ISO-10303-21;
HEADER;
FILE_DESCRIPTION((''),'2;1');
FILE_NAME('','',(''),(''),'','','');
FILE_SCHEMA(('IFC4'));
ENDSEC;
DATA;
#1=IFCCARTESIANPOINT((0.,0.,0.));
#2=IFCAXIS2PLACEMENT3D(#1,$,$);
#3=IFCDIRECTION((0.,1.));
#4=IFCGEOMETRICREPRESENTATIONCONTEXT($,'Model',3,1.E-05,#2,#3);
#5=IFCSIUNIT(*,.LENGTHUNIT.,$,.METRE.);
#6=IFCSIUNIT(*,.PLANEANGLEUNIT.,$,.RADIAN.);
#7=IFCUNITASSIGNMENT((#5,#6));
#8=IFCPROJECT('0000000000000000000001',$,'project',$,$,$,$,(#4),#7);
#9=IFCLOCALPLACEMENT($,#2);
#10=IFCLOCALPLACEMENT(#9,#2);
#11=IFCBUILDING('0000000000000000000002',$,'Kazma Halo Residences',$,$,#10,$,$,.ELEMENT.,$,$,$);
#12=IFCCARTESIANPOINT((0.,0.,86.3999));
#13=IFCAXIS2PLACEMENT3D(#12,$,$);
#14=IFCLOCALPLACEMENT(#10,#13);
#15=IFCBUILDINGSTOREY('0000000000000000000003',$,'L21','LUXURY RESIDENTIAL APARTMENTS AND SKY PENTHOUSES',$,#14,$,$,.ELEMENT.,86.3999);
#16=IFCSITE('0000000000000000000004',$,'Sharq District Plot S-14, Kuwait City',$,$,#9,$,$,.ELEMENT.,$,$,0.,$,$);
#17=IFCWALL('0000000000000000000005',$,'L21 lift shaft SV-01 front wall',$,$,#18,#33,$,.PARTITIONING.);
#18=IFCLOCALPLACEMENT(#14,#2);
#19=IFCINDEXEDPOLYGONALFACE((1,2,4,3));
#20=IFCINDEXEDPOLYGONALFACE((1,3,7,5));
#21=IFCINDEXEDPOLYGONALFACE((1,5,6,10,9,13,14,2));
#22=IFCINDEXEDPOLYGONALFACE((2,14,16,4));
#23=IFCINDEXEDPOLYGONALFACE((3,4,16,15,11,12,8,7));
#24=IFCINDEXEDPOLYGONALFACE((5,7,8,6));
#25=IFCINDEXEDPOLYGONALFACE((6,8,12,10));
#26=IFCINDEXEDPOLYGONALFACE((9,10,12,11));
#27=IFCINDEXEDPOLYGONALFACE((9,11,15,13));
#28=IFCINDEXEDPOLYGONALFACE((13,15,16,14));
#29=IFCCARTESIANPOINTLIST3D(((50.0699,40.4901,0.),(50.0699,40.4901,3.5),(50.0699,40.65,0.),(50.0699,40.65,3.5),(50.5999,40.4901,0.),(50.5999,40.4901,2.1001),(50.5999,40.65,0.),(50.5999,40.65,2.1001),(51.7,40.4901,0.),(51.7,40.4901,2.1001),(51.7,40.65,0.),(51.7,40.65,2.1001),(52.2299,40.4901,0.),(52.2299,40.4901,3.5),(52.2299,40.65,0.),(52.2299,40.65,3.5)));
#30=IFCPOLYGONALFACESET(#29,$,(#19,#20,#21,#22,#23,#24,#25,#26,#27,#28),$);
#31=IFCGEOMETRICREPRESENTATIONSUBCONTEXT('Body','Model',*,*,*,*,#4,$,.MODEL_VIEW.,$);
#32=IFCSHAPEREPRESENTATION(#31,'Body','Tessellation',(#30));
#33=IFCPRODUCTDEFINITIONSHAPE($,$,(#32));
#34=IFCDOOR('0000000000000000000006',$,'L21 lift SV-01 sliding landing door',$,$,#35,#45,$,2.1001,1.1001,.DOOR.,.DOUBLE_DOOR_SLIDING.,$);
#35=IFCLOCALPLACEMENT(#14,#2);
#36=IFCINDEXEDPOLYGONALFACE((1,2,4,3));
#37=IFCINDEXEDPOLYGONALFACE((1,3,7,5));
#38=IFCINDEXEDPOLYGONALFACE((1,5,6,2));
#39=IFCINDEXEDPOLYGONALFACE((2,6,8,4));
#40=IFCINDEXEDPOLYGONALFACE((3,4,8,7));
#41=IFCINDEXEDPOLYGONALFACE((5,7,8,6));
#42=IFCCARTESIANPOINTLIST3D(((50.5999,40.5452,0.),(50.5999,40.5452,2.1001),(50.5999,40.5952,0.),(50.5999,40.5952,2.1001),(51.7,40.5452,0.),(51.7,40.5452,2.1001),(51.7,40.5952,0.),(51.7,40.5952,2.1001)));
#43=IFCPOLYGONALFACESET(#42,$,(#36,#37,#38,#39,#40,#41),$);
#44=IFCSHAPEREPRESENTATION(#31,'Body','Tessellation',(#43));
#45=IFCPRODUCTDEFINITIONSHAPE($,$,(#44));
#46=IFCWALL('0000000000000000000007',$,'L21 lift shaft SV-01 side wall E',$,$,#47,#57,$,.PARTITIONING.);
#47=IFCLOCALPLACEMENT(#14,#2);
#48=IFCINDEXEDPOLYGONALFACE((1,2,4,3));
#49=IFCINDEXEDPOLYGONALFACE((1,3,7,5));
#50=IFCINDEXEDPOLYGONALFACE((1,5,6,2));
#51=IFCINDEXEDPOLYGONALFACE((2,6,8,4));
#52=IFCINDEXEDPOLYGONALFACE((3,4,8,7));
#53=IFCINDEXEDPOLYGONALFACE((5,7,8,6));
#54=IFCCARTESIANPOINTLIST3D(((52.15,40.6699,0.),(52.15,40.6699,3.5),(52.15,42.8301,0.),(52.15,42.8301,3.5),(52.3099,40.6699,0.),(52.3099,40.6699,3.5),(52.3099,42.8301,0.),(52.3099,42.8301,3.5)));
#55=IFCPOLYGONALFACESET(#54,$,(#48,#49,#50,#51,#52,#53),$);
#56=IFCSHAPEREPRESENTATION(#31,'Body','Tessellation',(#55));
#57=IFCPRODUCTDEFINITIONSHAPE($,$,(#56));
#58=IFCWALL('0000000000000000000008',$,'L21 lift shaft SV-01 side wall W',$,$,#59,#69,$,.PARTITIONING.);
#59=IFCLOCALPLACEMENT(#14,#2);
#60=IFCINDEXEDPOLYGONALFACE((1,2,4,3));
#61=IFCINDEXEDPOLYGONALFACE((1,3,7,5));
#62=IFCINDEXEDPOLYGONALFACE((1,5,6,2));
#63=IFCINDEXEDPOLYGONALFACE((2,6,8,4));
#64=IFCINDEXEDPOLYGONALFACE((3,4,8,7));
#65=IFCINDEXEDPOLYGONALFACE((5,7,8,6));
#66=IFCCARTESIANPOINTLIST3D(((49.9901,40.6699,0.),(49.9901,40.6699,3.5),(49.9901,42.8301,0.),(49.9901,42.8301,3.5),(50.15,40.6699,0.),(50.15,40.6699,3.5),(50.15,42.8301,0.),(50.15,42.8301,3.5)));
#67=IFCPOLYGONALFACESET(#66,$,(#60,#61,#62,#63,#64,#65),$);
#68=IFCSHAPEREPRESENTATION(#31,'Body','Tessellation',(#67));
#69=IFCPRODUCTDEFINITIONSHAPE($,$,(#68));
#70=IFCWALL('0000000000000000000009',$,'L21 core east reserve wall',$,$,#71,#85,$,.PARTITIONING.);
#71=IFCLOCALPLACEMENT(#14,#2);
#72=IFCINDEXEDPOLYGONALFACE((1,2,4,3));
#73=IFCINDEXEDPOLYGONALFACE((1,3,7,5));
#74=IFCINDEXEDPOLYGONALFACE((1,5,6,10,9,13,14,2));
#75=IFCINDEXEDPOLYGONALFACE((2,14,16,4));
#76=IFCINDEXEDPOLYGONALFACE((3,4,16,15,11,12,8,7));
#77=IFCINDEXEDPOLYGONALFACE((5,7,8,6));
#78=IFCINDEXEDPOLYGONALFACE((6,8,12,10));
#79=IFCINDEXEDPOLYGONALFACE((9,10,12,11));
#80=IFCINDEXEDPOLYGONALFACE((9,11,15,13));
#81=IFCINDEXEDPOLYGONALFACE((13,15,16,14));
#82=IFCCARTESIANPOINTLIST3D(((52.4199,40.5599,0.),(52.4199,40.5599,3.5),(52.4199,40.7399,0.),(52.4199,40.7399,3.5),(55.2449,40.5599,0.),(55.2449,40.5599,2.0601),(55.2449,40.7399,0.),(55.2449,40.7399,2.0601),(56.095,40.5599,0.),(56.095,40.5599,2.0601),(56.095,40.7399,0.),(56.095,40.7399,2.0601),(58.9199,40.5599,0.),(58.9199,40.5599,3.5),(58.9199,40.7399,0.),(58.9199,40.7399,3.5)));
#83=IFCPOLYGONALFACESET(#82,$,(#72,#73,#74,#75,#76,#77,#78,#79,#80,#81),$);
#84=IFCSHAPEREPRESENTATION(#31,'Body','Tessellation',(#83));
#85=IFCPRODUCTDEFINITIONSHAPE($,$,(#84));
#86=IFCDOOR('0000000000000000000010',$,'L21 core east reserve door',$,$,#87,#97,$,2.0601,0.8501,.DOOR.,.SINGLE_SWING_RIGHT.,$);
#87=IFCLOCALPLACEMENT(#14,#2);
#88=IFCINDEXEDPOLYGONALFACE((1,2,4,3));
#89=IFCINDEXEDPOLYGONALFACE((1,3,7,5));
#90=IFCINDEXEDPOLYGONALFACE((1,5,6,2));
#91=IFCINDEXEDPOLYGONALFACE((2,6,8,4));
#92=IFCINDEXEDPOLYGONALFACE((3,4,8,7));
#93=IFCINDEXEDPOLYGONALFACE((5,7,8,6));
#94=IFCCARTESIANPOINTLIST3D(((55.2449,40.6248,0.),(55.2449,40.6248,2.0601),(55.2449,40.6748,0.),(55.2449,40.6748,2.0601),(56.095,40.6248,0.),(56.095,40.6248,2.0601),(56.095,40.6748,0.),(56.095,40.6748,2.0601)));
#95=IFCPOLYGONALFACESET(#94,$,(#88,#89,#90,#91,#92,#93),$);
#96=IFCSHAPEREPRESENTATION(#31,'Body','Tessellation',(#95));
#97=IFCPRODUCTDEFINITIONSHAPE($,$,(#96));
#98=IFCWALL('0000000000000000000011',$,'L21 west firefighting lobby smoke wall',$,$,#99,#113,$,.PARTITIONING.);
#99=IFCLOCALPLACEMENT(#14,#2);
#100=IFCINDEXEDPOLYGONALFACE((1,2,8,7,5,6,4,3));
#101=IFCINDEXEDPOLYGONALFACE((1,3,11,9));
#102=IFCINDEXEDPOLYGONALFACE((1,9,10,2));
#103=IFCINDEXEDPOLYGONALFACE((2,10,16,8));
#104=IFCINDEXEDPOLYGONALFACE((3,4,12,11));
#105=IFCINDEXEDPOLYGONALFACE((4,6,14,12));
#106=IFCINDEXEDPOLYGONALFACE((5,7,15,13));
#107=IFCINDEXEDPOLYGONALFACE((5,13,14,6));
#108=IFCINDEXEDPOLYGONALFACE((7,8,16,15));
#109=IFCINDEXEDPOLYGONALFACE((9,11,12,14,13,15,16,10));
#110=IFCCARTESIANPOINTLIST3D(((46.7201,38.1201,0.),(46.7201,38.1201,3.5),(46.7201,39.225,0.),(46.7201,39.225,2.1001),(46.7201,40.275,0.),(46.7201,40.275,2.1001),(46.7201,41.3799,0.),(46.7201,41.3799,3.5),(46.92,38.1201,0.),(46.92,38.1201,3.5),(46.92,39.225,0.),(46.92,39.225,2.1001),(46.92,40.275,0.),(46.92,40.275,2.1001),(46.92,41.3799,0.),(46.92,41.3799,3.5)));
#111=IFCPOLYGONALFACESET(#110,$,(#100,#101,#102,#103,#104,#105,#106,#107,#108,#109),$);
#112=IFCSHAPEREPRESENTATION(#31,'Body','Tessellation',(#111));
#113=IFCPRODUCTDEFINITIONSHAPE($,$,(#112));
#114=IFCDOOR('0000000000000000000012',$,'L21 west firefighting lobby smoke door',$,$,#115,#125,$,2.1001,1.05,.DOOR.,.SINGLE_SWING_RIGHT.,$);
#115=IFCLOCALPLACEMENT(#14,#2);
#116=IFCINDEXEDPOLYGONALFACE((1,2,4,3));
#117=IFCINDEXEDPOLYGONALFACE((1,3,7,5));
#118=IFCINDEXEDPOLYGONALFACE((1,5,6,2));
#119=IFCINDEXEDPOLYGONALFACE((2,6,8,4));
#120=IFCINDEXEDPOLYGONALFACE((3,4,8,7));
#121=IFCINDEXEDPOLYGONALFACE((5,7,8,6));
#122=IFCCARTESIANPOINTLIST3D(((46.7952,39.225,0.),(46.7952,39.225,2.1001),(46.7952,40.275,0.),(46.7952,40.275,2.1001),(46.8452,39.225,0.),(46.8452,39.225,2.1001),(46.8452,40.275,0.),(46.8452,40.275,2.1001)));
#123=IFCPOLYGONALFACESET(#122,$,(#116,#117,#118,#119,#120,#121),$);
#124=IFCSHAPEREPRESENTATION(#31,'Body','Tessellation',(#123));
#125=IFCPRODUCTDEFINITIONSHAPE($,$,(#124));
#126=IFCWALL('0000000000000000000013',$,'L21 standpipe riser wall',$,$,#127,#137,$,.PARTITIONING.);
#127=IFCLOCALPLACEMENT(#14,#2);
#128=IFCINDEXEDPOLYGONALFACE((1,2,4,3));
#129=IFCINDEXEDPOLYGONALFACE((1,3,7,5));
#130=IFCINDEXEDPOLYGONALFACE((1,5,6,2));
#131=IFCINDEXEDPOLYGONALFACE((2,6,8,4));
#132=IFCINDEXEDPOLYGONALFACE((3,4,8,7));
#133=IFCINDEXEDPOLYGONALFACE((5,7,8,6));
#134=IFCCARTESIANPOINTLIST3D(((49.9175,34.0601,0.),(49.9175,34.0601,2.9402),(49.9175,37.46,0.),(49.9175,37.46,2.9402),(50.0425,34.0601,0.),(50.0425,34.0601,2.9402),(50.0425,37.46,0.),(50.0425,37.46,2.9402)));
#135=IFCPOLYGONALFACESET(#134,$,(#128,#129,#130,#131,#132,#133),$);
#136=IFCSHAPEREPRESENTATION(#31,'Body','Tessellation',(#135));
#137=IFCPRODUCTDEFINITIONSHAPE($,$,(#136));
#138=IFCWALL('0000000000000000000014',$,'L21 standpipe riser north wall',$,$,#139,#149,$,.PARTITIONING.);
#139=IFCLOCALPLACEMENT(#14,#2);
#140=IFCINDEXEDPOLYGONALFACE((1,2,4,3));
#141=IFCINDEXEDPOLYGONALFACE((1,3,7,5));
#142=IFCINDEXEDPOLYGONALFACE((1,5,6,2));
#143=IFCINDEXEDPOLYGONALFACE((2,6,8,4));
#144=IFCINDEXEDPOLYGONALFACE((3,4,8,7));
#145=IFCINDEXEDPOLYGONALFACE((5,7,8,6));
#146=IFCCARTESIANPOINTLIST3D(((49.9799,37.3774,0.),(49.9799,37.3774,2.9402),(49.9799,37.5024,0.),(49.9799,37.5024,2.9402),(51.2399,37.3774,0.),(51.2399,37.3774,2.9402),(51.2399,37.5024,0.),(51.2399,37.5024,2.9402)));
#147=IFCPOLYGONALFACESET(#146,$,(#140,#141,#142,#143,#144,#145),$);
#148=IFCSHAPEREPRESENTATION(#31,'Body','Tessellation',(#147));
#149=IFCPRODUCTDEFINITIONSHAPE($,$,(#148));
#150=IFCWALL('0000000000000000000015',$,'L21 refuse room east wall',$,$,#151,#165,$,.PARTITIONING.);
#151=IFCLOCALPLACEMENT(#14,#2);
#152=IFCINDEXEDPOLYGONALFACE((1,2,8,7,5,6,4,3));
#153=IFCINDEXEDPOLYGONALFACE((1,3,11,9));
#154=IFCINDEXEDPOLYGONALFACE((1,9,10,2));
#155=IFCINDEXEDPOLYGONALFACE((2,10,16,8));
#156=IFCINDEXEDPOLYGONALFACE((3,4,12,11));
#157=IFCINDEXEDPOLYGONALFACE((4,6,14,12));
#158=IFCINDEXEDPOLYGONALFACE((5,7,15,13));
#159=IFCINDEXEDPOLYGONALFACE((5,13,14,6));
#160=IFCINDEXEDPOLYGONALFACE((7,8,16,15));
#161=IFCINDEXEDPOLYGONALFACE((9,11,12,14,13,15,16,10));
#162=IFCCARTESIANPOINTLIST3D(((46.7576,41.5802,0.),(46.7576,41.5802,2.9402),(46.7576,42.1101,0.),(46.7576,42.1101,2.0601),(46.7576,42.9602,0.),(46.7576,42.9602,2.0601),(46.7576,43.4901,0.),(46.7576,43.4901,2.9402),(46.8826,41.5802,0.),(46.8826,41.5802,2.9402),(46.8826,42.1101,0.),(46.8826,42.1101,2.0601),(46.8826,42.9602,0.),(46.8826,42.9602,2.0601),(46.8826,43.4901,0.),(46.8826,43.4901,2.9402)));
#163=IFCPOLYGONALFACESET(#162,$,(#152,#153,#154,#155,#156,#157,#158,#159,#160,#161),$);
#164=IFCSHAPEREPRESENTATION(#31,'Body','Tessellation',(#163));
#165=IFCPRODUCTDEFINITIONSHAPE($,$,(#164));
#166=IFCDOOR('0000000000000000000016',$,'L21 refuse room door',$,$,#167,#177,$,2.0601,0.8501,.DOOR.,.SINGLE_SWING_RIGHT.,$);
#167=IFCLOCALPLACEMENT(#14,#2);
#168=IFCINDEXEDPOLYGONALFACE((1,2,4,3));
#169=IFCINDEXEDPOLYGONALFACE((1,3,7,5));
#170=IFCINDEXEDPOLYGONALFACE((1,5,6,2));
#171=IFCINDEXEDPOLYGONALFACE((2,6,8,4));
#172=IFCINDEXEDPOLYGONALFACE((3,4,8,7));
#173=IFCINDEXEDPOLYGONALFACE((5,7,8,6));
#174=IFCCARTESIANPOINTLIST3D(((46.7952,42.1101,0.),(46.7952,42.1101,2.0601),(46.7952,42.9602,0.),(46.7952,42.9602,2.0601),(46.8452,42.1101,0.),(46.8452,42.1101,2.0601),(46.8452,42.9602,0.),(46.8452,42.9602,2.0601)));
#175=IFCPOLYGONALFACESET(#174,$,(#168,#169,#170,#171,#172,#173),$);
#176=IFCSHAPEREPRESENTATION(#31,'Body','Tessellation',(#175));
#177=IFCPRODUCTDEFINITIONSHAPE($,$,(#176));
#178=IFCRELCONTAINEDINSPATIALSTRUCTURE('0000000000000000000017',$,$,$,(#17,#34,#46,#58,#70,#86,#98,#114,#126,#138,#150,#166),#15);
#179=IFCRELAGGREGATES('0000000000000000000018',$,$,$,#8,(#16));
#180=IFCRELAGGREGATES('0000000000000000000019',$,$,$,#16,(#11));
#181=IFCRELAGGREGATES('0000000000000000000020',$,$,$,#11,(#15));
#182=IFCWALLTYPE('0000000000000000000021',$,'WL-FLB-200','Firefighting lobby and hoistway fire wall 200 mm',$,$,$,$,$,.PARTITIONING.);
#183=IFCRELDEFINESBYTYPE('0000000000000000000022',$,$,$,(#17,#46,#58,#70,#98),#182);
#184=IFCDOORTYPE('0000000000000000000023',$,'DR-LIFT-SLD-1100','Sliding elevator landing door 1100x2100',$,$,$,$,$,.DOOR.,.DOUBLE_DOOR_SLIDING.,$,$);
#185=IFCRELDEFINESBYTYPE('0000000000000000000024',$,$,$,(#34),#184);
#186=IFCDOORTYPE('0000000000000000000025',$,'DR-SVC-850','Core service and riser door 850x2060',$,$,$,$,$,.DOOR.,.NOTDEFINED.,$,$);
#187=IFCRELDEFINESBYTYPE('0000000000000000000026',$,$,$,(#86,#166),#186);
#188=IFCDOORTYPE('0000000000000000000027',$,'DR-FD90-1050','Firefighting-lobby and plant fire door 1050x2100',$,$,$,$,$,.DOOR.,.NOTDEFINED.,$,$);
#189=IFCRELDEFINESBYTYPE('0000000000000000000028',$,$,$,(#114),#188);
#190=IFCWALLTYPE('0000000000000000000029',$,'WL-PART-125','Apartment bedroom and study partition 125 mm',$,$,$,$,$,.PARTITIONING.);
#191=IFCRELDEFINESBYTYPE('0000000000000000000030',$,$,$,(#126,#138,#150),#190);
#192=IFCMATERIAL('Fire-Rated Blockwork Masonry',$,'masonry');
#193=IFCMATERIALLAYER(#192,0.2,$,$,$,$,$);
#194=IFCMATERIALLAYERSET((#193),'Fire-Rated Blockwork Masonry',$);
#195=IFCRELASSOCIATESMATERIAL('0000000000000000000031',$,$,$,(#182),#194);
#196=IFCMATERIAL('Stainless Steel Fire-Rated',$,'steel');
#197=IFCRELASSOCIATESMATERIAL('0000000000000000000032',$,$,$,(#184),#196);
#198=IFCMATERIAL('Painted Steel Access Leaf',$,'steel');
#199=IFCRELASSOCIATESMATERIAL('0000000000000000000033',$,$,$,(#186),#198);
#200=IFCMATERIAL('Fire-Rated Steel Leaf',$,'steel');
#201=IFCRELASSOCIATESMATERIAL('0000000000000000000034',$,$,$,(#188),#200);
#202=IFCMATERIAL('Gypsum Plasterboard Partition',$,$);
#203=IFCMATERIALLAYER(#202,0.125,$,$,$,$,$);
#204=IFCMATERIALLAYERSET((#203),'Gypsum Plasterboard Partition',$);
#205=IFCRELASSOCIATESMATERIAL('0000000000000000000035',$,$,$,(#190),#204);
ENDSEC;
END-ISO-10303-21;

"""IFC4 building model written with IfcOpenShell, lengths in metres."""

from ifc_helpers import new_model, si_unit, direction, frame, frame_2d, origin, place, context, subcontext, project, spatial, rectangle, extrude, material, layer, layer_set, type_object, element, fill, save


model = new_model("IFC4")

# Units and contexts
model_context = context("Model", 3, precision=1e-05, world=origin(), true_north=direction((0.0, 1.0)))
body_context = subcontext(model_context, "Body", "Model", "MODEL_VIEW")
ifc_project = project(units=[si_unit("LENGTHUNIT", "METRE"), si_unit("PLANEANGLEUNIT", "RADIAN")], contexts=[model_context])

# Site, building, storey
site_placement = place(None, origin())
site = spatial("IfcSite", under=ifc_project, at=site_placement, Name="Sharq District Plot S-14, Kuwait City", CompositionType="ELEMENT", RefElevation=0.0)
building_placement = place(site_placement, origin())
building = spatial("IfcBuilding", under=site, at=building_placement, Name="Kazma Halo Residences", CompositionType="ELEMENT")
storey_placement = place(building_placement, frame((0.0, 0.0, 86.3999)))
storey = spatial("IfcBuildingStorey", under=building, at=storey_placement, Name="L21", Description="LUXURY RESIDENTIAL APARTMENTS AND SKY PENTHOUSES", CompositionType="ELEMENT", Elevation=86.3999)

# Wall, opening, door
ifc_material_1 = material(Name="Fire-Rated Blockwork Masonry", Category="masonry")
ifc_layer_1 = layer(ifc_material_1, 0.2)
ifc_layer_set_1 = layer_set([ifc_layer_1], Name="Fire-Rated Blockwork Masonry")
wall_type_1 = type_object("IfcWallType", Name="WL-FLB-200", Description="Firefighting lobby and hoistway fire wall 200 mm", PredefinedType="PARTITIONING", material=ifc_layer_set_1)
wall_1_placement = place(storey_placement, frame((52.23, 40.5701, 0.0), z_axis=(0.0, 0.0, 1.0), x_axis=(-1.0, 0.0, 0.0)))
wall_1 = element("IfcWall", 1, at=wall_1_placement, inside=storey, type_object=wall_type_1, Name="L21 lift shaft SV-01 front wall", PredefinedType="PARTITIONING", context=body_context, shape_type="SweptSolid", body=[
    extrude(rectangle(XDim=2.1599, YDim=0.1599, at=frame_2d((1.0801, 0.0))), origin(), (0.0, 0.0, 1.0), 3.5),
])
opening_1_placement = place(wall_1_placement, frame((0.53, 0.0, 0.0)))
opening_1 = element("IfcOpeningElement", 2, at=opening_1_placement, cuts=wall_1, PredefinedType="OPENING", context=body_context, shape_type="SweptSolid", body=[
    extrude(rectangle(XDim=1.1001, YDim=2.1001, at=frame_2d((0.55, 1.05))), frame((0.0, 0.0898, 0.0), z_axis=(0.0, -1.0, 0.0), x_axis=(1.0, 0.0, 0.0)), (0.0, 0.0, 1.0), 0.1799),
])
ifc_material_2 = material(Name="Stainless Steel Fire-Rated", Category="steel")
door_type_1 = type_object("IfcDoorType", Name="DR-LIFT-SLD-1100", Description="Sliding elevator landing door 1100x2100", OperationType="DOUBLE_DOOR_SLIDING", PredefinedType="DOOR", material=ifc_material_2)
door_1_placement = place(opening_1_placement, origin())
door_1 = element("IfcDoor", 3, at=door_1_placement, inside=storey, type_object=door_type_1, Name="L21 lift SV-01 sliding landing door", OperationType="DOUBLE_DOOR_SLIDING", OverallHeight=2.1001, OverallWidth=1.1001, PredefinedType="DOOR", context=body_context, shape_type="SweptSolid", body=[
    extrude(rectangle(XDim=1.1001, YDim=2.1001, at=frame_2d((0.55, 1.05))), frame((0.0, 0.0249, 0.0), z_axis=(0.0, -1.0, 0.0), x_axis=(1.0, 0.0, 0.0)), (0.0, 0.0, 1.0), 0.05),
])
fill(opening_1, door_1)

# Walls
for number, where, z_axis, x_axis, name in (
    (4, (52.23, 40.6699, 0.0), (0.0, 0.0, 1.0), (0.0, 1.0, 0.0), "L21 lift shaft SV-01 side wall E"),
    (5, (50.0701, 40.6699, 0.0), (0.0, 0.0, 1.0), (0.0, 1.0, 0.0), "L21 lift shaft SV-01 side wall W"),
):
    element("IfcWall", number, at=place(storey_placement, frame(where, z_axis=z_axis, x_axis=x_axis)), inside=storey, type_object=wall_type_1, Name=name, PredefinedType="PARTITIONING", context=body_context, shape_type="SweptSolid", body=[
        extrude(rectangle(XDim=2.1602, YDim=0.1599, at=frame_2d((1.0801, 0.0))), origin(), (0.0, 0.0, 1.0), 3.5),
    ])

# Walls, openings, doors
wall_2_placement = place(storey_placement, frame((52.4199, 40.6499, 0.0), z_axis=(0.0, 0.0, 1.0), x_axis=(1.0, 0.0, 0.0)))
wall_2 = element("IfcWall", 6, at=wall_2_placement, inside=storey, type_object=wall_type_1, Name="L21 core east reserve wall", PredefinedType="PARTITIONING", context=body_context, shape_type="SweptSolid", body=[
    extrude(rectangle(XDim=6.5, YDim=0.1799, at=frame_2d((3.25, 0.0))), origin(), (0.0, 0.0, 1.0), 3.5),
])
opening_2_placement = place(wall_2_placement, frame((2.825, 0.0, 0.0)))
opening_2 = element("IfcOpeningElement", 7, at=opening_2_placement, cuts=wall_2, PredefinedType="OPENING", context=body_context, shape_type="SweptSolid", body=[
    extrude(rectangle(XDim=0.8501, YDim=2.0601, at=frame_2d((0.425, 1.03))), frame((0.0, 0.0999, 0.0), z_axis=(0.0, -1.0, 0.0), x_axis=(1.0, 0.0, 0.0)), (0.0, 0.0, 1.0), 0.2),
])
ifc_material_3 = material(Name="Painted Steel Access Leaf", Category="steel")
door_type_2 = type_object("IfcDoorType", Name="DR-SVC-850", Description="Core service and riser door 850x2060", OperationType="NOTDEFINED", PredefinedType="DOOR", material=ifc_material_3)
door_2_placement = place(opening_2_placement, origin())
door_2 = element("IfcDoor", 8, at=door_2_placement, inside=storey, type_object=door_type_2, Name="L21 core east reserve door", OperationType="SINGLE_SWING_RIGHT", OverallHeight=2.0601, OverallWidth=0.8501, PredefinedType="DOOR", context=body_context, shape_type="SweptSolid", body=[
    extrude(rectangle(XDim=0.8501, YDim=2.0601, at=frame_2d((0.425, 1.03))), frame((0.0, 0.0249, 0.0), z_axis=(0.0, -1.0, 0.0), x_axis=(1.0, 0.0, 0.0)), (0.0, 0.0, 1.0), 0.05),
])
fill(opening_2, door_2)
wall_3_placement = place(storey_placement, frame((46.8201, 38.1201, 0.0), z_axis=(0.0, 0.0, 1.0), x_axis=(0.0, 1.0, 0.0)))
wall_3 = element("IfcWall", 9, at=wall_3_placement, inside=storey, type_object=wall_type_1, Name="L21 west firefighting lobby smoke wall", PredefinedType="PARTITIONING", context=body_context, shape_type="SweptSolid", body=[
    extrude(rectangle(XDim=3.2598, YDim=0.2, at=frame_2d((1.6299, 0.0))), origin(), (0.0, 0.0, 1.0), 3.5),
])
opening_3_placement = place(wall_3_placement, frame((1.105, 0.0, 0.0)))
opening_3 = element("IfcOpeningElement", 10, at=opening_3_placement, cuts=wall_3, PredefinedType="OPENING", context=body_context, shape_type="SweptSolid", body=[
    extrude(rectangle(XDim=1.05, YDim=2.1001, at=frame_2d((0.5249, 1.05))), frame((0.0, 0.1099, 0.0), z_axis=(0.0, -1.0, 0.0), x_axis=(1.0, 0.0, 0.0)), (0.0, 0.0, 1.0), 0.22),
])
ifc_material_4 = material(Name="Fire-Rated Steel Leaf", Category="steel")
door_type_3 = type_object("IfcDoorType", Name="DR-FD90-1050", Description="Firefighting-lobby and plant fire door 1050x2100", OperationType="NOTDEFINED", PredefinedType="DOOR", material=ifc_material_4)
door_3_placement = place(opening_3_placement, origin())
door_3 = element("IfcDoor", 11, at=door_3_placement, inside=storey, type_object=door_type_3, Name="L21 west firefighting lobby smoke door", OperationType="SINGLE_SWING_RIGHT", OverallHeight=2.1001, OverallWidth=1.05, PredefinedType="DOOR", context=body_context, shape_type="SweptSolid", body=[
    extrude(rectangle(XDim=1.05, YDim=2.1001, at=frame_2d((0.5249, 1.05))), frame((0.0, 0.0249, 0.0), z_axis=(0.0, -1.0, 0.0), x_axis=(1.0, 0.0, 0.0)), (0.0, 0.0, 1.0), 0.05),
])
fill(opening_3, door_3)

# Walls
ifc_material_5 = material(Name="Gypsum Plasterboard Partition")
ifc_layer_2 = layer(ifc_material_5, 0.125)
ifc_layer_set_2 = layer_set([ifc_layer_2], Name="Gypsum Plasterboard Partition")
wall_type_2 = type_object("IfcWallType", Name="WL-PART-125", Description="Apartment bedroom and study partition 125 mm", PredefinedType="PARTITIONING", material=ifc_layer_set_2)
wall_4_placement = place(storey_placement, frame((49.98, 34.0601, 0.0), z_axis=(0.0, 0.0, 1.0), x_axis=(0.0, 1.0, 0.0)))
element("IfcWall", 12, at=wall_4_placement, inside=storey, type_object=wall_type_2, Name="L21 standpipe riser wall", PredefinedType="PARTITIONING", context=body_context, shape_type="SweptSolid", body=[
    extrude(rectangle(XDim=3.3999, YDim=0.125, at=frame_2d((1.7, 0.0))), origin(), (0.0, 0.0, 1.0), 2.9402),
])
wall_5_placement = place(storey_placement, frame((49.98, 37.4399, 0.0), z_axis=(0.0, 0.0, 1.0), x_axis=(1.0, 0.0, 0.0)))
element("IfcWall", 13, at=wall_5_placement, inside=storey, type_object=wall_type_2, Name="L21 standpipe riser north wall", PredefinedType="PARTITIONING", context=body_context, shape_type="SweptSolid", body=[
    extrude(rectangle(XDim=1.26, YDim=0.125, at=frame_2d((0.6299, 0.0))), origin(), (0.0, 0.0, 1.0), 2.9402),
])

# Wall, opening, door
wall_6_placement = place(storey_placement, frame((46.8201, 41.5801, 0.0), z_axis=(0.0, 0.0, 1.0), x_axis=(0.0, 1.0, 0.0)))
wall_6 = element("IfcWall", 14, at=wall_6_placement, inside=storey, type_object=wall_type_2, Name="L21 refuse room east wall", PredefinedType="PARTITIONING", context=body_context, shape_type="SweptSolid", body=[
    extrude(rectangle(XDim=1.9099, YDim=0.125, at=frame_2d((0.9551, 0.0))), origin(), (0.0, 0.0, 1.0), 2.9402),
])
opening_4_placement = place(wall_6_placement, frame((0.53, 0.0, 0.0)))
opening_4 = element("IfcOpeningElement", 15, at=opening_4_placement, cuts=wall_6, PredefinedType="OPENING", context=body_context, shape_type="SweptSolid", body=[
    extrude(rectangle(XDim=0.8501, YDim=2.0601, at=frame_2d((0.425, 1.03))), frame((0.0, 0.0725, 0.0), z_axis=(0.0, -1.0, 0.0), x_axis=(1.0, 0.0, 0.0)), (0.0, 0.0, 1.0), 0.145),
])
door_4_placement = place(opening_4_placement, origin())
door_4 = element("IfcDoor", 16, at=door_4_placement, inside=storey, type_object=door_type_2, Name="L21 refuse room door", OperationType="SINGLE_SWING_RIGHT", OverallHeight=2.0601, OverallWidth=0.8501, PredefinedType="DOOR", context=body_context, shape_type="SweptSolid", body=[
    extrude(rectangle(XDim=0.8501, YDim=2.0601, at=frame_2d((0.425, 1.03))), frame((0.0, 0.0249, 0.0), z_axis=(0.0, -1.0, 0.0), x_axis=(1.0, 0.0, 0.0)), (0.0, 0.0, 1.0), 0.05),
])
fill(opening_4, door_4)

save(model, "model.ifc")
